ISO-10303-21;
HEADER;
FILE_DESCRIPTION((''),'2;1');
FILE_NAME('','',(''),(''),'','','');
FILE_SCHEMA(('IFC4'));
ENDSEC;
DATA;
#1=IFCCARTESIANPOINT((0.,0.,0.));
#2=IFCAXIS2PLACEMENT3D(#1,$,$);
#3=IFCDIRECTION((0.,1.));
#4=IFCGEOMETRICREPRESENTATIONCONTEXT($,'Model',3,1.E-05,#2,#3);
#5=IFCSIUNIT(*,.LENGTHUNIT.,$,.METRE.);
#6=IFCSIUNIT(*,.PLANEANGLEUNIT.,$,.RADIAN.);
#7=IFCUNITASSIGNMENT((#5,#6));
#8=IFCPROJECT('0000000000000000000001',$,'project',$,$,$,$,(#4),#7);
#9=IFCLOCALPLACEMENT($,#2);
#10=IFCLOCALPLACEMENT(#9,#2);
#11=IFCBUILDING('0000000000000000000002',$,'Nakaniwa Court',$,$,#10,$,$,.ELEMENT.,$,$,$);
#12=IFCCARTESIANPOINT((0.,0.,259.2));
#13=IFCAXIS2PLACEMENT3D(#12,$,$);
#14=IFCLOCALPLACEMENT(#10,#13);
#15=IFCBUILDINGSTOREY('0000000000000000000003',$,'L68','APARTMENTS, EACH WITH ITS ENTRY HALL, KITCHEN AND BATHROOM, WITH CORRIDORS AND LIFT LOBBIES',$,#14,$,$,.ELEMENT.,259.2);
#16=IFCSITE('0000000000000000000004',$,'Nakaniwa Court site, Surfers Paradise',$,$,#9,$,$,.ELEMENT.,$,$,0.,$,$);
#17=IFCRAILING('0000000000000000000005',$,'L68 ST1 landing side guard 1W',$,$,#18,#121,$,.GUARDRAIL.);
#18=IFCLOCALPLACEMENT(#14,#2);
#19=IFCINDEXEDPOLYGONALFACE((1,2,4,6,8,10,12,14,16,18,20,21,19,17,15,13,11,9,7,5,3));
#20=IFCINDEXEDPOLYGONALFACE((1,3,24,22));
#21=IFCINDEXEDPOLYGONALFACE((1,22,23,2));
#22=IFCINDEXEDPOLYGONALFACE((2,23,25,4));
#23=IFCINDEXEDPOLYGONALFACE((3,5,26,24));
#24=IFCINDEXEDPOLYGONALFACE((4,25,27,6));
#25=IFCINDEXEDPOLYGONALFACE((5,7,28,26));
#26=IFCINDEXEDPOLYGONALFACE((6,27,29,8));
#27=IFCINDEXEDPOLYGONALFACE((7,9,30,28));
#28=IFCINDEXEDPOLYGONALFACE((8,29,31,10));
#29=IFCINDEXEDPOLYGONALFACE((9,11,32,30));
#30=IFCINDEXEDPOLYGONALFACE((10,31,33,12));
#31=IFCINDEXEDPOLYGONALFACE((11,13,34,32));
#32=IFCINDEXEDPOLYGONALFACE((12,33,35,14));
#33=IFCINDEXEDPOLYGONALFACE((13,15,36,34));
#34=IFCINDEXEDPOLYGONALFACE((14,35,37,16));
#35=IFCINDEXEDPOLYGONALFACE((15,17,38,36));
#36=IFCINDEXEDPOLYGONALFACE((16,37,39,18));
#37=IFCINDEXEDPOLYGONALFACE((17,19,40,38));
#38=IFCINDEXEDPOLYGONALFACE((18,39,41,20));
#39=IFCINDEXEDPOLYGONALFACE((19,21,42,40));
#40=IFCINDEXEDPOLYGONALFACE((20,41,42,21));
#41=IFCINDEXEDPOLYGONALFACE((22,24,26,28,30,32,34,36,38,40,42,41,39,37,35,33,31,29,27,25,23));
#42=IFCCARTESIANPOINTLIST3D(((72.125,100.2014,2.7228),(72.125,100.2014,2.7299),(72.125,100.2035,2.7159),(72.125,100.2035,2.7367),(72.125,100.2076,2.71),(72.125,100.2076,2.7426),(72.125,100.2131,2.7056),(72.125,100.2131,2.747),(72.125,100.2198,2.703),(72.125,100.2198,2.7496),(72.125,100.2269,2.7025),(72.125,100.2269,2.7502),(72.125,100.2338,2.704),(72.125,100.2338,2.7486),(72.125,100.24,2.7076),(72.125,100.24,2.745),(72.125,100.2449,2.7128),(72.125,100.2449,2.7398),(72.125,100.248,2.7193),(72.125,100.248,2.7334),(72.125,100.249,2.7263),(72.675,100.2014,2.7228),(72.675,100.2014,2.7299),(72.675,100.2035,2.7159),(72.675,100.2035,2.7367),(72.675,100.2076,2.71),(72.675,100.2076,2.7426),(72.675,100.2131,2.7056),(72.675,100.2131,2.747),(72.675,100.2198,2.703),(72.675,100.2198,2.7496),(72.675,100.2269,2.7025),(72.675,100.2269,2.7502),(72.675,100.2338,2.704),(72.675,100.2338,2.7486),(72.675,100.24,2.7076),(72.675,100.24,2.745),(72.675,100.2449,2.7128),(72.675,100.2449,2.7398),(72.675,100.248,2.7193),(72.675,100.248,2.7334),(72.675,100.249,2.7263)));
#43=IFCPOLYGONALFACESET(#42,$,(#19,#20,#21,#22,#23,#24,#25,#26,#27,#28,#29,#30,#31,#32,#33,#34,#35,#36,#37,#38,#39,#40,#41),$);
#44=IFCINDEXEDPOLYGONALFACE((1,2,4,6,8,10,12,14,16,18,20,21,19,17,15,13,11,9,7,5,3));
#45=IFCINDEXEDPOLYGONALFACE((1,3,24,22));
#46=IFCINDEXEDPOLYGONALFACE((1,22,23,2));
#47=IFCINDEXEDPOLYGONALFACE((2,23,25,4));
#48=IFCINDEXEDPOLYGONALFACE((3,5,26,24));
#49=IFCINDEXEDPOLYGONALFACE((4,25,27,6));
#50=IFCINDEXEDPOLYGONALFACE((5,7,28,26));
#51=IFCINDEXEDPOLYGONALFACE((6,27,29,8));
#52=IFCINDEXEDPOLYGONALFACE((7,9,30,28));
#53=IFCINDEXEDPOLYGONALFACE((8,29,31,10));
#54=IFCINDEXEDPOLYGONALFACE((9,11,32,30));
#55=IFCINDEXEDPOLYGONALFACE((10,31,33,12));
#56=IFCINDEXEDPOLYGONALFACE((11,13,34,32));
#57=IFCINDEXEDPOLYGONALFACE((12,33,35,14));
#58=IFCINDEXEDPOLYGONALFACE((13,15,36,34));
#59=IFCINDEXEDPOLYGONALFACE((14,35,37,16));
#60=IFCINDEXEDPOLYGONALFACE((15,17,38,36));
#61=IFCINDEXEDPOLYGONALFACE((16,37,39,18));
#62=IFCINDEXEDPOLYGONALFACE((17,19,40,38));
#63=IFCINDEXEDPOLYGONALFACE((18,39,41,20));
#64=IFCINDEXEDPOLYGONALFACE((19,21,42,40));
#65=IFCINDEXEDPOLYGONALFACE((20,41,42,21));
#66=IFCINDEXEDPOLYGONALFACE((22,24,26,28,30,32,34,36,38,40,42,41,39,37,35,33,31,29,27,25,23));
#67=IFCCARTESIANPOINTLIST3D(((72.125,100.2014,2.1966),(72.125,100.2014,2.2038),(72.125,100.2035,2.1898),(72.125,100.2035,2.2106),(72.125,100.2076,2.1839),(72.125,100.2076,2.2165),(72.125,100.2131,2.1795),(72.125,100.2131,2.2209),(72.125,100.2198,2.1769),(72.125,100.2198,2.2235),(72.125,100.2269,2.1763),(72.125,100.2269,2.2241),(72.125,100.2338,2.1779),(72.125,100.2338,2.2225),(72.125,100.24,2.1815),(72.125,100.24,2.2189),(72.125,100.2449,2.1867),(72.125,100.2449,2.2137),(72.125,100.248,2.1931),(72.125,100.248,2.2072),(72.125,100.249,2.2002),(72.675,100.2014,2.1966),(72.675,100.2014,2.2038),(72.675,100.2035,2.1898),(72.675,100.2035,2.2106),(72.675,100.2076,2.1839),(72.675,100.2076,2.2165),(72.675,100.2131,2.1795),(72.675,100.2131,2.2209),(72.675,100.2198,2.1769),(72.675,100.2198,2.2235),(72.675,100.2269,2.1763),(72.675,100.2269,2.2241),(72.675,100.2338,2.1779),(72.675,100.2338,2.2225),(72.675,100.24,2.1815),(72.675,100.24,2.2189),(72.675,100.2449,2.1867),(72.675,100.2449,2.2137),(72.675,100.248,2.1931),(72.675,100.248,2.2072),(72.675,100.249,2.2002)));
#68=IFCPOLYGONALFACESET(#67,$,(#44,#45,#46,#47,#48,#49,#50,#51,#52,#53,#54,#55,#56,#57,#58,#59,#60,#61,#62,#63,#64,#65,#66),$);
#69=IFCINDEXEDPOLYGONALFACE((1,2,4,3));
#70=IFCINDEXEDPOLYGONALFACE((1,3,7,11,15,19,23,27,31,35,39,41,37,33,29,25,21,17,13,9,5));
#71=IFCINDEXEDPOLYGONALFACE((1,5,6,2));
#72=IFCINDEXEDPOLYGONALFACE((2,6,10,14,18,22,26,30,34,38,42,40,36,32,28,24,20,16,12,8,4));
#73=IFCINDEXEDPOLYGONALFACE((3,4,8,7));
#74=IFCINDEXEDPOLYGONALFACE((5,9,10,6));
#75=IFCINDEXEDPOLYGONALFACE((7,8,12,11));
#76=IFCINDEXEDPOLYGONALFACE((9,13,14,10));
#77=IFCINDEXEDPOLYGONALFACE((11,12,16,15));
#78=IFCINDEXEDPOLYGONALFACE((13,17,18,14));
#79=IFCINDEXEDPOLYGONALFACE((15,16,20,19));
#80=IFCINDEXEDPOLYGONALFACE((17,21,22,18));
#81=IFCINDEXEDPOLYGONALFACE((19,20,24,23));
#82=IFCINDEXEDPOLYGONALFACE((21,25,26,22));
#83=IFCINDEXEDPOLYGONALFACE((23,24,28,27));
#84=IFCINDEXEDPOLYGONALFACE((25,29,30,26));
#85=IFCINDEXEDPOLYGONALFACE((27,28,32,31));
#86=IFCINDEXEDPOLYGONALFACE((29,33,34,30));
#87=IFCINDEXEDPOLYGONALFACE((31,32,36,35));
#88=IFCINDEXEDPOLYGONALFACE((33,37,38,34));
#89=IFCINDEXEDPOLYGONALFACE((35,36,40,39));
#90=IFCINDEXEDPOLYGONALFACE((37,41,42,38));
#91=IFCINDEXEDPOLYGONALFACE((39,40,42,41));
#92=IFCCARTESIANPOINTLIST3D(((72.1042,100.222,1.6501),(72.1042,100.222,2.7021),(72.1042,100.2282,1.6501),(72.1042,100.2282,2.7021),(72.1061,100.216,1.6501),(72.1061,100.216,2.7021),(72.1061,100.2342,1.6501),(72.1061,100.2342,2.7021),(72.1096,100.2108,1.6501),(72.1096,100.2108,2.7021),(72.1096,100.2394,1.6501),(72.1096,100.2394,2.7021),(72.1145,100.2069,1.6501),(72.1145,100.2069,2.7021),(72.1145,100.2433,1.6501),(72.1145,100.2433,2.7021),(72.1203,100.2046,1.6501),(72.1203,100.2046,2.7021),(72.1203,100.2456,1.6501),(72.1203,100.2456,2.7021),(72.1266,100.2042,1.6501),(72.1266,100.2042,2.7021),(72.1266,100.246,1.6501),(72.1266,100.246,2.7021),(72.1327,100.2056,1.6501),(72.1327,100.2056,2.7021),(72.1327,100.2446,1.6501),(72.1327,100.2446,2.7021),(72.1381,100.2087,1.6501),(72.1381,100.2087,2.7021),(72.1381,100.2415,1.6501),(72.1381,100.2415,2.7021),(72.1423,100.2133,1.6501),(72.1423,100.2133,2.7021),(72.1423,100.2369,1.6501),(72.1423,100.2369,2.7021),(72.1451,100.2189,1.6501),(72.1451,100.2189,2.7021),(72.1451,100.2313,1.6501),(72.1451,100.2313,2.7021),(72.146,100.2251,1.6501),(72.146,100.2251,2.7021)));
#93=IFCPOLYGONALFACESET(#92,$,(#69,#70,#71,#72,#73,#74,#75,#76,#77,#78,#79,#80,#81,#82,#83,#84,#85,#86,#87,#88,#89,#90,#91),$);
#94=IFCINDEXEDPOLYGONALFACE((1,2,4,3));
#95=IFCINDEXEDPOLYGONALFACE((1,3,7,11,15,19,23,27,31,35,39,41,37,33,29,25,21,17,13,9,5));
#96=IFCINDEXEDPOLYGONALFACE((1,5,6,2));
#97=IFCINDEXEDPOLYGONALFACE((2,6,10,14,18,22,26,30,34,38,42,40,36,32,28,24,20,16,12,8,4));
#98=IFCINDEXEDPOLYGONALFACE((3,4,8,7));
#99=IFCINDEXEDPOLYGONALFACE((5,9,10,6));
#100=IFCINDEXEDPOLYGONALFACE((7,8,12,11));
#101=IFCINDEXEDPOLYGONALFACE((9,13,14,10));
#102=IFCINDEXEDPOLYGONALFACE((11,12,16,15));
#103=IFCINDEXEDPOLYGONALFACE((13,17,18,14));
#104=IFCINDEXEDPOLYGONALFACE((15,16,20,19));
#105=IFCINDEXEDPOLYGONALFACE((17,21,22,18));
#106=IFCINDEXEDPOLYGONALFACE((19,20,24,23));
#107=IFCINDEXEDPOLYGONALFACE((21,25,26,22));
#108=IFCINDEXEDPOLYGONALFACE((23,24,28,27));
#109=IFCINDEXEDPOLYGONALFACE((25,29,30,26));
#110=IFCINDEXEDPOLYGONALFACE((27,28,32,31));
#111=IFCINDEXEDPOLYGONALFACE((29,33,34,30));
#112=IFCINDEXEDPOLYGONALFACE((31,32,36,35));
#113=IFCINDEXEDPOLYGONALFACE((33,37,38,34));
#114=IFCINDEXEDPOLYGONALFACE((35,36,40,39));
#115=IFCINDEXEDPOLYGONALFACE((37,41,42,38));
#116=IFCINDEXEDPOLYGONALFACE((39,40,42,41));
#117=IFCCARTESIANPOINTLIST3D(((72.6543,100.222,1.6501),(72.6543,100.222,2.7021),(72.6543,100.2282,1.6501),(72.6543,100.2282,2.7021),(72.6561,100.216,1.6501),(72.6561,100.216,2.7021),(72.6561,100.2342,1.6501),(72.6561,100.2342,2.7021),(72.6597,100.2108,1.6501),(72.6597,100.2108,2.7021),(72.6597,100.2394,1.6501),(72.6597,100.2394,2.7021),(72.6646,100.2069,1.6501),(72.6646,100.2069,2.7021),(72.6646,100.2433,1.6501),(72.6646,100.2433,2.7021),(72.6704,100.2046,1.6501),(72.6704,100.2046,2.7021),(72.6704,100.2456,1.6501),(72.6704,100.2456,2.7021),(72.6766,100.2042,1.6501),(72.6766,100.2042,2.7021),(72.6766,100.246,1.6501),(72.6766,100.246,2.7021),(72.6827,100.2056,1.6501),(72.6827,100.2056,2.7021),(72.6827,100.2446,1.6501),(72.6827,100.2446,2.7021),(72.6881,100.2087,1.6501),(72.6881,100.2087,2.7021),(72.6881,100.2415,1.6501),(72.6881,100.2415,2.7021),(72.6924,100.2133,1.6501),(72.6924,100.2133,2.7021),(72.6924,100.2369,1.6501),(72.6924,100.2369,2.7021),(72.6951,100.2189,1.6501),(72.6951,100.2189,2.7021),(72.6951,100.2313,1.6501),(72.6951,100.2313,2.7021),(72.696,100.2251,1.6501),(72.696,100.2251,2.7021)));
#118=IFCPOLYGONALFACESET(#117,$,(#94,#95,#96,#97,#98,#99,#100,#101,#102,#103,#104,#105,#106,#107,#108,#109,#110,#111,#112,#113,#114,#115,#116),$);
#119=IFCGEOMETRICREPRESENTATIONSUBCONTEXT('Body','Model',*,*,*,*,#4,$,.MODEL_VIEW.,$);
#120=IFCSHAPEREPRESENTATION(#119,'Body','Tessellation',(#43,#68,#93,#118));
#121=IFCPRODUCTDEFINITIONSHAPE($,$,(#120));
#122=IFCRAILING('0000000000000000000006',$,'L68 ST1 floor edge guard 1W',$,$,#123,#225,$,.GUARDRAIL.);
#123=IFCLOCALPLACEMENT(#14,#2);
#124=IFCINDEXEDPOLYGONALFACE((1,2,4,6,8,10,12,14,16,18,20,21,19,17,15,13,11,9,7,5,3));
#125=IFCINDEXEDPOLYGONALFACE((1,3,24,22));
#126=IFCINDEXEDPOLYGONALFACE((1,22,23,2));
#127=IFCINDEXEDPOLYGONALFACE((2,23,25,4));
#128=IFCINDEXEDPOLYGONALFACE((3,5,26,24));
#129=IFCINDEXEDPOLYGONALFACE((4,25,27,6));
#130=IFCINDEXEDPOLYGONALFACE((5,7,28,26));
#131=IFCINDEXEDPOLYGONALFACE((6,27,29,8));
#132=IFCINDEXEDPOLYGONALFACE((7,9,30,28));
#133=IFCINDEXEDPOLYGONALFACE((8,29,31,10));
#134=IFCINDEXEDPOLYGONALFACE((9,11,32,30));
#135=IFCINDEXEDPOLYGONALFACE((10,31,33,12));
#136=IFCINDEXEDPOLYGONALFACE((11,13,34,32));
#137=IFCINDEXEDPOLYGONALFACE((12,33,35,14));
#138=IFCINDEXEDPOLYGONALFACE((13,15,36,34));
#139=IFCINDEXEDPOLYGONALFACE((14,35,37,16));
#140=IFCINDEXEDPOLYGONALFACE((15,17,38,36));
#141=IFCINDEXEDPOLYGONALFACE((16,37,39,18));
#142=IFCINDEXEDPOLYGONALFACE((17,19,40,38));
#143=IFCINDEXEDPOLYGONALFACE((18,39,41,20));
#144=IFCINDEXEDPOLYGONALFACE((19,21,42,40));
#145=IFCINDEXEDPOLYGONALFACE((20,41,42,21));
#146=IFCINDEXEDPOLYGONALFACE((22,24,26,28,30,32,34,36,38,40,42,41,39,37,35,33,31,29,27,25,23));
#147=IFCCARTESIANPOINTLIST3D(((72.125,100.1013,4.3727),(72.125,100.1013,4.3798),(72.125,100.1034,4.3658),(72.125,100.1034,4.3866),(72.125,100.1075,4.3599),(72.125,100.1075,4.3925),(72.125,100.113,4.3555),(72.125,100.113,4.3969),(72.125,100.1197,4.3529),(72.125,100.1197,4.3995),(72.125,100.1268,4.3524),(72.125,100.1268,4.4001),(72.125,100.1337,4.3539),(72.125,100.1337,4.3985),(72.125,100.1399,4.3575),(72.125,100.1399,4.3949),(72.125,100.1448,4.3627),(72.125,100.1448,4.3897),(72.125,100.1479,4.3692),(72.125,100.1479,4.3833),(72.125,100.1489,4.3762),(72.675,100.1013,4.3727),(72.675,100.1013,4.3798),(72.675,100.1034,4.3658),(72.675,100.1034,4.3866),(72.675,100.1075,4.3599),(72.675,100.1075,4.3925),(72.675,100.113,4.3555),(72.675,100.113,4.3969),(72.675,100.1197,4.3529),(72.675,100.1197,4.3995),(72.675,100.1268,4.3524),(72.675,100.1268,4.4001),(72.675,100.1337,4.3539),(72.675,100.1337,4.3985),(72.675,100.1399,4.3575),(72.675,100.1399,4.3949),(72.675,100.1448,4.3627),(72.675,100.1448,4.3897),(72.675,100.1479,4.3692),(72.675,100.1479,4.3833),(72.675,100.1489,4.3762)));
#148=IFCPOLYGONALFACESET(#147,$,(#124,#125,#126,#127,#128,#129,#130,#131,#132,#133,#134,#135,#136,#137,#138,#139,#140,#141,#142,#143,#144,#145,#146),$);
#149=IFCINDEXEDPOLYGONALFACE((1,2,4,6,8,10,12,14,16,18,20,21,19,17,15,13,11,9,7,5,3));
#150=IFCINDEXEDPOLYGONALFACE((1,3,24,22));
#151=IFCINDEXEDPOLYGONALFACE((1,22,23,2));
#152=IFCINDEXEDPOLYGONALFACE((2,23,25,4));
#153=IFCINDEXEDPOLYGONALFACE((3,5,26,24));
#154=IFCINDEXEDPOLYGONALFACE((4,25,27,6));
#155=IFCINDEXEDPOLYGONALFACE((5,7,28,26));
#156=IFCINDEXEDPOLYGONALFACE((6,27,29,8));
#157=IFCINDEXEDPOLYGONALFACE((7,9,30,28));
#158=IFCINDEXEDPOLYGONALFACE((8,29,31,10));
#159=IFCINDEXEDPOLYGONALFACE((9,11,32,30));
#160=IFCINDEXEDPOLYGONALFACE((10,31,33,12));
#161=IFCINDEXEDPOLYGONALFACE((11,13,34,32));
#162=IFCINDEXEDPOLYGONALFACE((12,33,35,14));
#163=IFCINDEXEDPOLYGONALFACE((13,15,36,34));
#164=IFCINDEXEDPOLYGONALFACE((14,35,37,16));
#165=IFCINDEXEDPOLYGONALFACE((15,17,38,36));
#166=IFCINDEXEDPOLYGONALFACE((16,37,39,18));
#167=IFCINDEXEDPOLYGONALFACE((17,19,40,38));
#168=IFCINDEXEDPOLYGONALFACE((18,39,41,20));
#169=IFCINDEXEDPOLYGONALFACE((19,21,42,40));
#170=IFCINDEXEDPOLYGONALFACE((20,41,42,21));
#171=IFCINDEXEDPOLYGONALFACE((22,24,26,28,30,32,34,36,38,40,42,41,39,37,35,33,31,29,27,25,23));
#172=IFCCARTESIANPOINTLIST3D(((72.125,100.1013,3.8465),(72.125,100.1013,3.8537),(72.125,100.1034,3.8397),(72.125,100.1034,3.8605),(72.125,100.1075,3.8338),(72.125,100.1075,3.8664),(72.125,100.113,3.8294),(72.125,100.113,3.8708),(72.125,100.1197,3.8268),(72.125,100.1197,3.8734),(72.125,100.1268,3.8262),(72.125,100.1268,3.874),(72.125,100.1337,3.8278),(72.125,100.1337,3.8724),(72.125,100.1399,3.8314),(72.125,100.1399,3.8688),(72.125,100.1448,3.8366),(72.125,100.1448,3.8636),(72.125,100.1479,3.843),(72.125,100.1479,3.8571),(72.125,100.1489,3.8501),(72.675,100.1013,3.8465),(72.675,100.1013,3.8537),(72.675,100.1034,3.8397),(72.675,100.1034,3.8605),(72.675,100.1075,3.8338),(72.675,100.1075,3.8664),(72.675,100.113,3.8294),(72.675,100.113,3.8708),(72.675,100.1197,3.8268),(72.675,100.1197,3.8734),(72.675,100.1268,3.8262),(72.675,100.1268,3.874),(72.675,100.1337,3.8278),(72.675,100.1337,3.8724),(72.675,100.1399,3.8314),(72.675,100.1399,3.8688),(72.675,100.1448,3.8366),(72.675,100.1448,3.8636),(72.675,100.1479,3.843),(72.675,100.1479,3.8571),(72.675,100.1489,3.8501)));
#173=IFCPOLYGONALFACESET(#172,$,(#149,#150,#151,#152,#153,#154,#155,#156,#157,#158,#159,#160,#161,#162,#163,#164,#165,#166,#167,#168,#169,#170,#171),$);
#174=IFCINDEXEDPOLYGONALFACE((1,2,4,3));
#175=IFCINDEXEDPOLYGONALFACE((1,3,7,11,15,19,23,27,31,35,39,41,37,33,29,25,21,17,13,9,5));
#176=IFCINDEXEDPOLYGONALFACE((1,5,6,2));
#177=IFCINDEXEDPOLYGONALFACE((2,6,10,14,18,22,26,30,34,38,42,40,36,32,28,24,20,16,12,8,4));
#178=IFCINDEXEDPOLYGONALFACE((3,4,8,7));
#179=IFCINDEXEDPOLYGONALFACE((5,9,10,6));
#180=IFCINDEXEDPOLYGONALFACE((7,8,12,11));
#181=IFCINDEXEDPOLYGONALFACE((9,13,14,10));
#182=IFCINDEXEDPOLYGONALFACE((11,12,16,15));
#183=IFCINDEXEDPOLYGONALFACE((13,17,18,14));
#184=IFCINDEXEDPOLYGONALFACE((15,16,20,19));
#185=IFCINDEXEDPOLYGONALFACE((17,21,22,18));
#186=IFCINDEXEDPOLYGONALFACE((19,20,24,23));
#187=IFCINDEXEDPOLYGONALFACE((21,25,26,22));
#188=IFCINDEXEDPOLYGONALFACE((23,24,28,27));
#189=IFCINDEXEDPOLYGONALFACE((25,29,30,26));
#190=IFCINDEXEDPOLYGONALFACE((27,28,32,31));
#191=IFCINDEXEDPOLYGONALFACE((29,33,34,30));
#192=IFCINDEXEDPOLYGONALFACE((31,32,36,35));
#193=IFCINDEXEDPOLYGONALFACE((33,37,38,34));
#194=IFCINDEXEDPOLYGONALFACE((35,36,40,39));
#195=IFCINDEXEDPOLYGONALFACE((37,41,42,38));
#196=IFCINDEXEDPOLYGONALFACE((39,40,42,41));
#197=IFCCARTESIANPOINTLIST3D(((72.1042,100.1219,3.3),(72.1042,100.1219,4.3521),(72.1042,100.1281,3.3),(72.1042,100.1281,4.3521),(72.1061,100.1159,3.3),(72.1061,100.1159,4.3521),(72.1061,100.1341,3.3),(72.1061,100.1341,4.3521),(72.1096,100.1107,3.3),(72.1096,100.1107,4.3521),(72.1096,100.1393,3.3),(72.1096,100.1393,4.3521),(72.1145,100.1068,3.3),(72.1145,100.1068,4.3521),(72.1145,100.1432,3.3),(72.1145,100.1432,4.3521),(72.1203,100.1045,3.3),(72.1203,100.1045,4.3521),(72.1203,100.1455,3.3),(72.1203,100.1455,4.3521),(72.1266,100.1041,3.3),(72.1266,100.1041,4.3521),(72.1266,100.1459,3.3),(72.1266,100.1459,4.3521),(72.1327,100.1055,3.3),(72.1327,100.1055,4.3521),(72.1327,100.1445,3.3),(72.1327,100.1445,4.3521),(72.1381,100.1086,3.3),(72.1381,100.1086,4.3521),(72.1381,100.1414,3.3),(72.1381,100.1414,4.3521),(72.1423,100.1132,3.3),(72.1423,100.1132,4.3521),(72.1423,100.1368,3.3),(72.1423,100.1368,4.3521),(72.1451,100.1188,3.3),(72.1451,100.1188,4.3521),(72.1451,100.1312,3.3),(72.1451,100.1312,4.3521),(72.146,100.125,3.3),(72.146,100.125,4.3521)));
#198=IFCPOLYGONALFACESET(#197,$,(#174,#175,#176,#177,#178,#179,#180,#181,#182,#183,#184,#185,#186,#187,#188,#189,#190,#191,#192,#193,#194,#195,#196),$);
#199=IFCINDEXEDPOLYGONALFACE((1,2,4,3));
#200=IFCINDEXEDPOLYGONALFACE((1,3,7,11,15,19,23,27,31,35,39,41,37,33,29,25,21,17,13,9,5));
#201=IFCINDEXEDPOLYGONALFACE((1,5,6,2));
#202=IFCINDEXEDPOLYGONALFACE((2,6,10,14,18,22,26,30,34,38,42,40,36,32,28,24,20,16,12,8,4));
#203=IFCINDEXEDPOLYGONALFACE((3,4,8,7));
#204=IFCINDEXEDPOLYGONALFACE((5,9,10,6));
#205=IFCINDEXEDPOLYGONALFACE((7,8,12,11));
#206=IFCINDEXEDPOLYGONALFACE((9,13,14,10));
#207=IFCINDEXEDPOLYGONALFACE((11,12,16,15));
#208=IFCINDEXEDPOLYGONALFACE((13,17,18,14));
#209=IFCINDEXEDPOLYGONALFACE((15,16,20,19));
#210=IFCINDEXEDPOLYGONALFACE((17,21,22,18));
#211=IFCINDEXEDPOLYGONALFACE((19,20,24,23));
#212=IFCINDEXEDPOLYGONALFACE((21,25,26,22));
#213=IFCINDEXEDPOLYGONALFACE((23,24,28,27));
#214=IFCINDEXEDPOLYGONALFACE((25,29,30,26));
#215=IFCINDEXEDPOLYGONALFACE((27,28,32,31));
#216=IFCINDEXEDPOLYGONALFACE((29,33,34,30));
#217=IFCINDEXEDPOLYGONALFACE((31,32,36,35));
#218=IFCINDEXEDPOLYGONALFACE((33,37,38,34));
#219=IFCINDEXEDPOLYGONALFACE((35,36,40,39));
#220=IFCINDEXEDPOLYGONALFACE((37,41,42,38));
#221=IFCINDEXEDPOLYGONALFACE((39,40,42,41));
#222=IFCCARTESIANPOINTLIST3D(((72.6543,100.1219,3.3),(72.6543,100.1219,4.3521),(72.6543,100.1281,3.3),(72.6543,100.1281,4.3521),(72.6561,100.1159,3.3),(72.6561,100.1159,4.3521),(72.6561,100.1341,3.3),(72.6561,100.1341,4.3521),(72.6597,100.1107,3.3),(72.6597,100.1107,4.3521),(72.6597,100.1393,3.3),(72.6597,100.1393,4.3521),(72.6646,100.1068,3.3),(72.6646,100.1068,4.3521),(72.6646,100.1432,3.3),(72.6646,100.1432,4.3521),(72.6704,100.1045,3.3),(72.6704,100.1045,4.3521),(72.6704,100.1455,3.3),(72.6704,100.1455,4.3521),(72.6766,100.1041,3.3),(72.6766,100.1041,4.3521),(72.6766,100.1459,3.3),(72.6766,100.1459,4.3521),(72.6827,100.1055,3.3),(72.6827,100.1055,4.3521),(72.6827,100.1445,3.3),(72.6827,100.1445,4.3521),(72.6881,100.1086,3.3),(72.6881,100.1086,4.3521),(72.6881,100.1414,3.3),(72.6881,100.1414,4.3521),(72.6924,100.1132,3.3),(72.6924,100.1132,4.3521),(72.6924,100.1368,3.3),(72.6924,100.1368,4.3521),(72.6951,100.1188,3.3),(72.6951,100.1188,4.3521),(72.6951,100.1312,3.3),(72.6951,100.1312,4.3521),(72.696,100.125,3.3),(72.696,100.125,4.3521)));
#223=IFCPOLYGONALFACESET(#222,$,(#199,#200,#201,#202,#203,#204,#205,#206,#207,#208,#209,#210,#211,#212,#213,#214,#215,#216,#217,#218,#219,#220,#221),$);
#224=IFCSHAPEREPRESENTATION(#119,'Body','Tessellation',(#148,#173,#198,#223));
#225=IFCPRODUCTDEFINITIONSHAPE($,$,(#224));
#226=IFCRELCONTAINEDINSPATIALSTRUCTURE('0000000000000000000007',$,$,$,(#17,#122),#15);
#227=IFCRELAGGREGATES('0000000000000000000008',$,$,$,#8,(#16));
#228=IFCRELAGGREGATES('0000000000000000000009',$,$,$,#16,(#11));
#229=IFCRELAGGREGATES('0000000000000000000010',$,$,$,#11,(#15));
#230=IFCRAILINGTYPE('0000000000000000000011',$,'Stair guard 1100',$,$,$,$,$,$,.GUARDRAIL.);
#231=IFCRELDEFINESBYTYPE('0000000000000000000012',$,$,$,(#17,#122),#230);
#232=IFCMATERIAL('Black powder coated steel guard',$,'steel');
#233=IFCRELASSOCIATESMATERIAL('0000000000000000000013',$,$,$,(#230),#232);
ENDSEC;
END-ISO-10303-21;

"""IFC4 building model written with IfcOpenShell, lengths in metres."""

from ifc_helpers import new_model, si_unit, direction, frame, origin, origin_2d, place, context, subcontext, project, spatial, circle, extrude, material, type_object, element, save


model = new_model("IFC4")

# Units and contexts
model_context = context("Model", 3, precision=1e-05, world=origin(), true_north=direction((0.0, 1.0)))
body_context = subcontext(model_context, "Body", "Model", "MODEL_VIEW")
ifc_project = project(units=[si_unit("LENGTHUNIT", "METRE"), si_unit("PLANEANGLEUNIT", "RADIAN")], contexts=[model_context])

# Site, building, storey
site_placement = place(None, origin())
site = spatial("IfcSite", under=ifc_project, at=site_placement, Name="Nakaniwa Court site, Surfers Paradise", CompositionType="ELEMENT", RefElevation=0.0)
building_placement = place(site_placement, origin())
building = spatial("IfcBuilding", under=site, at=building_placement, Name="Nakaniwa Court", CompositionType="ELEMENT")
storey_placement = place(building_placement, frame((0.0, 0.0, 259.2)))
storey = spatial("IfcBuildingStorey", under=building, at=storey_placement, Name="L68", Description="APARTMENTS, EACH WITH ITS ENTRY HALL, KITCHEN AND BATHROOM, WITH CORRIDORS AND LIFT LOBBIES", CompositionType="ELEMENT", Elevation=259.2)

# Railings
ifc_material_1 = material(Name="Black powder coated steel guard", Category="steel")
railing_type_1 = type_object("IfcRailingType", Name="Stair guard 1100", PredefinedType="GUARDRAIL", material=ifc_material_1)
for number, where, name in (
    (1, (72.125, 100.2251, 1.6501), "L68 ST1 landing side guard 1W"),
    (2, (72.125, 100.125, 3.3), "L68 ST1 floor edge guard 1W"),
):
    element("IfcRailing", number, at=place(storey_placement, frame(where)), inside=storey, type_object=railing_type_1, Name=name, PredefinedType="GUARDRAIL", context=body_context, shape_type="SweptSolid", body=[
        extrude(circle(Radius=0.0239, at=origin_2d()), frame((0.0, 0.0, 1.0762), z_axis=(1.0, 0.0, 0.0), x_axis=(0.0, 1.0, 0.0)), (0.0, 0.0, 1.0), 0.55),
        extrude(circle(Radius=0.0239, at=origin_2d()), frame((0.0, 0.0, 0.55), z_axis=(1.0, 0.0, 0.0), x_axis=(0.0, 1.0, 0.0)), (0.0, 0.0, 1.0), 0.55),
        extrude(circle(Radius=0.021, at=origin_2d()), origin(), (0.0, 0.0, 1.0), 1.052),
        extrude(circle(Radius=0.021, at=origin_2d()), frame((0.55, 0.0, 0.0)), (0.0, 0.0, 1.0), 1.052),
    ])

save(model, "model.ifc")
